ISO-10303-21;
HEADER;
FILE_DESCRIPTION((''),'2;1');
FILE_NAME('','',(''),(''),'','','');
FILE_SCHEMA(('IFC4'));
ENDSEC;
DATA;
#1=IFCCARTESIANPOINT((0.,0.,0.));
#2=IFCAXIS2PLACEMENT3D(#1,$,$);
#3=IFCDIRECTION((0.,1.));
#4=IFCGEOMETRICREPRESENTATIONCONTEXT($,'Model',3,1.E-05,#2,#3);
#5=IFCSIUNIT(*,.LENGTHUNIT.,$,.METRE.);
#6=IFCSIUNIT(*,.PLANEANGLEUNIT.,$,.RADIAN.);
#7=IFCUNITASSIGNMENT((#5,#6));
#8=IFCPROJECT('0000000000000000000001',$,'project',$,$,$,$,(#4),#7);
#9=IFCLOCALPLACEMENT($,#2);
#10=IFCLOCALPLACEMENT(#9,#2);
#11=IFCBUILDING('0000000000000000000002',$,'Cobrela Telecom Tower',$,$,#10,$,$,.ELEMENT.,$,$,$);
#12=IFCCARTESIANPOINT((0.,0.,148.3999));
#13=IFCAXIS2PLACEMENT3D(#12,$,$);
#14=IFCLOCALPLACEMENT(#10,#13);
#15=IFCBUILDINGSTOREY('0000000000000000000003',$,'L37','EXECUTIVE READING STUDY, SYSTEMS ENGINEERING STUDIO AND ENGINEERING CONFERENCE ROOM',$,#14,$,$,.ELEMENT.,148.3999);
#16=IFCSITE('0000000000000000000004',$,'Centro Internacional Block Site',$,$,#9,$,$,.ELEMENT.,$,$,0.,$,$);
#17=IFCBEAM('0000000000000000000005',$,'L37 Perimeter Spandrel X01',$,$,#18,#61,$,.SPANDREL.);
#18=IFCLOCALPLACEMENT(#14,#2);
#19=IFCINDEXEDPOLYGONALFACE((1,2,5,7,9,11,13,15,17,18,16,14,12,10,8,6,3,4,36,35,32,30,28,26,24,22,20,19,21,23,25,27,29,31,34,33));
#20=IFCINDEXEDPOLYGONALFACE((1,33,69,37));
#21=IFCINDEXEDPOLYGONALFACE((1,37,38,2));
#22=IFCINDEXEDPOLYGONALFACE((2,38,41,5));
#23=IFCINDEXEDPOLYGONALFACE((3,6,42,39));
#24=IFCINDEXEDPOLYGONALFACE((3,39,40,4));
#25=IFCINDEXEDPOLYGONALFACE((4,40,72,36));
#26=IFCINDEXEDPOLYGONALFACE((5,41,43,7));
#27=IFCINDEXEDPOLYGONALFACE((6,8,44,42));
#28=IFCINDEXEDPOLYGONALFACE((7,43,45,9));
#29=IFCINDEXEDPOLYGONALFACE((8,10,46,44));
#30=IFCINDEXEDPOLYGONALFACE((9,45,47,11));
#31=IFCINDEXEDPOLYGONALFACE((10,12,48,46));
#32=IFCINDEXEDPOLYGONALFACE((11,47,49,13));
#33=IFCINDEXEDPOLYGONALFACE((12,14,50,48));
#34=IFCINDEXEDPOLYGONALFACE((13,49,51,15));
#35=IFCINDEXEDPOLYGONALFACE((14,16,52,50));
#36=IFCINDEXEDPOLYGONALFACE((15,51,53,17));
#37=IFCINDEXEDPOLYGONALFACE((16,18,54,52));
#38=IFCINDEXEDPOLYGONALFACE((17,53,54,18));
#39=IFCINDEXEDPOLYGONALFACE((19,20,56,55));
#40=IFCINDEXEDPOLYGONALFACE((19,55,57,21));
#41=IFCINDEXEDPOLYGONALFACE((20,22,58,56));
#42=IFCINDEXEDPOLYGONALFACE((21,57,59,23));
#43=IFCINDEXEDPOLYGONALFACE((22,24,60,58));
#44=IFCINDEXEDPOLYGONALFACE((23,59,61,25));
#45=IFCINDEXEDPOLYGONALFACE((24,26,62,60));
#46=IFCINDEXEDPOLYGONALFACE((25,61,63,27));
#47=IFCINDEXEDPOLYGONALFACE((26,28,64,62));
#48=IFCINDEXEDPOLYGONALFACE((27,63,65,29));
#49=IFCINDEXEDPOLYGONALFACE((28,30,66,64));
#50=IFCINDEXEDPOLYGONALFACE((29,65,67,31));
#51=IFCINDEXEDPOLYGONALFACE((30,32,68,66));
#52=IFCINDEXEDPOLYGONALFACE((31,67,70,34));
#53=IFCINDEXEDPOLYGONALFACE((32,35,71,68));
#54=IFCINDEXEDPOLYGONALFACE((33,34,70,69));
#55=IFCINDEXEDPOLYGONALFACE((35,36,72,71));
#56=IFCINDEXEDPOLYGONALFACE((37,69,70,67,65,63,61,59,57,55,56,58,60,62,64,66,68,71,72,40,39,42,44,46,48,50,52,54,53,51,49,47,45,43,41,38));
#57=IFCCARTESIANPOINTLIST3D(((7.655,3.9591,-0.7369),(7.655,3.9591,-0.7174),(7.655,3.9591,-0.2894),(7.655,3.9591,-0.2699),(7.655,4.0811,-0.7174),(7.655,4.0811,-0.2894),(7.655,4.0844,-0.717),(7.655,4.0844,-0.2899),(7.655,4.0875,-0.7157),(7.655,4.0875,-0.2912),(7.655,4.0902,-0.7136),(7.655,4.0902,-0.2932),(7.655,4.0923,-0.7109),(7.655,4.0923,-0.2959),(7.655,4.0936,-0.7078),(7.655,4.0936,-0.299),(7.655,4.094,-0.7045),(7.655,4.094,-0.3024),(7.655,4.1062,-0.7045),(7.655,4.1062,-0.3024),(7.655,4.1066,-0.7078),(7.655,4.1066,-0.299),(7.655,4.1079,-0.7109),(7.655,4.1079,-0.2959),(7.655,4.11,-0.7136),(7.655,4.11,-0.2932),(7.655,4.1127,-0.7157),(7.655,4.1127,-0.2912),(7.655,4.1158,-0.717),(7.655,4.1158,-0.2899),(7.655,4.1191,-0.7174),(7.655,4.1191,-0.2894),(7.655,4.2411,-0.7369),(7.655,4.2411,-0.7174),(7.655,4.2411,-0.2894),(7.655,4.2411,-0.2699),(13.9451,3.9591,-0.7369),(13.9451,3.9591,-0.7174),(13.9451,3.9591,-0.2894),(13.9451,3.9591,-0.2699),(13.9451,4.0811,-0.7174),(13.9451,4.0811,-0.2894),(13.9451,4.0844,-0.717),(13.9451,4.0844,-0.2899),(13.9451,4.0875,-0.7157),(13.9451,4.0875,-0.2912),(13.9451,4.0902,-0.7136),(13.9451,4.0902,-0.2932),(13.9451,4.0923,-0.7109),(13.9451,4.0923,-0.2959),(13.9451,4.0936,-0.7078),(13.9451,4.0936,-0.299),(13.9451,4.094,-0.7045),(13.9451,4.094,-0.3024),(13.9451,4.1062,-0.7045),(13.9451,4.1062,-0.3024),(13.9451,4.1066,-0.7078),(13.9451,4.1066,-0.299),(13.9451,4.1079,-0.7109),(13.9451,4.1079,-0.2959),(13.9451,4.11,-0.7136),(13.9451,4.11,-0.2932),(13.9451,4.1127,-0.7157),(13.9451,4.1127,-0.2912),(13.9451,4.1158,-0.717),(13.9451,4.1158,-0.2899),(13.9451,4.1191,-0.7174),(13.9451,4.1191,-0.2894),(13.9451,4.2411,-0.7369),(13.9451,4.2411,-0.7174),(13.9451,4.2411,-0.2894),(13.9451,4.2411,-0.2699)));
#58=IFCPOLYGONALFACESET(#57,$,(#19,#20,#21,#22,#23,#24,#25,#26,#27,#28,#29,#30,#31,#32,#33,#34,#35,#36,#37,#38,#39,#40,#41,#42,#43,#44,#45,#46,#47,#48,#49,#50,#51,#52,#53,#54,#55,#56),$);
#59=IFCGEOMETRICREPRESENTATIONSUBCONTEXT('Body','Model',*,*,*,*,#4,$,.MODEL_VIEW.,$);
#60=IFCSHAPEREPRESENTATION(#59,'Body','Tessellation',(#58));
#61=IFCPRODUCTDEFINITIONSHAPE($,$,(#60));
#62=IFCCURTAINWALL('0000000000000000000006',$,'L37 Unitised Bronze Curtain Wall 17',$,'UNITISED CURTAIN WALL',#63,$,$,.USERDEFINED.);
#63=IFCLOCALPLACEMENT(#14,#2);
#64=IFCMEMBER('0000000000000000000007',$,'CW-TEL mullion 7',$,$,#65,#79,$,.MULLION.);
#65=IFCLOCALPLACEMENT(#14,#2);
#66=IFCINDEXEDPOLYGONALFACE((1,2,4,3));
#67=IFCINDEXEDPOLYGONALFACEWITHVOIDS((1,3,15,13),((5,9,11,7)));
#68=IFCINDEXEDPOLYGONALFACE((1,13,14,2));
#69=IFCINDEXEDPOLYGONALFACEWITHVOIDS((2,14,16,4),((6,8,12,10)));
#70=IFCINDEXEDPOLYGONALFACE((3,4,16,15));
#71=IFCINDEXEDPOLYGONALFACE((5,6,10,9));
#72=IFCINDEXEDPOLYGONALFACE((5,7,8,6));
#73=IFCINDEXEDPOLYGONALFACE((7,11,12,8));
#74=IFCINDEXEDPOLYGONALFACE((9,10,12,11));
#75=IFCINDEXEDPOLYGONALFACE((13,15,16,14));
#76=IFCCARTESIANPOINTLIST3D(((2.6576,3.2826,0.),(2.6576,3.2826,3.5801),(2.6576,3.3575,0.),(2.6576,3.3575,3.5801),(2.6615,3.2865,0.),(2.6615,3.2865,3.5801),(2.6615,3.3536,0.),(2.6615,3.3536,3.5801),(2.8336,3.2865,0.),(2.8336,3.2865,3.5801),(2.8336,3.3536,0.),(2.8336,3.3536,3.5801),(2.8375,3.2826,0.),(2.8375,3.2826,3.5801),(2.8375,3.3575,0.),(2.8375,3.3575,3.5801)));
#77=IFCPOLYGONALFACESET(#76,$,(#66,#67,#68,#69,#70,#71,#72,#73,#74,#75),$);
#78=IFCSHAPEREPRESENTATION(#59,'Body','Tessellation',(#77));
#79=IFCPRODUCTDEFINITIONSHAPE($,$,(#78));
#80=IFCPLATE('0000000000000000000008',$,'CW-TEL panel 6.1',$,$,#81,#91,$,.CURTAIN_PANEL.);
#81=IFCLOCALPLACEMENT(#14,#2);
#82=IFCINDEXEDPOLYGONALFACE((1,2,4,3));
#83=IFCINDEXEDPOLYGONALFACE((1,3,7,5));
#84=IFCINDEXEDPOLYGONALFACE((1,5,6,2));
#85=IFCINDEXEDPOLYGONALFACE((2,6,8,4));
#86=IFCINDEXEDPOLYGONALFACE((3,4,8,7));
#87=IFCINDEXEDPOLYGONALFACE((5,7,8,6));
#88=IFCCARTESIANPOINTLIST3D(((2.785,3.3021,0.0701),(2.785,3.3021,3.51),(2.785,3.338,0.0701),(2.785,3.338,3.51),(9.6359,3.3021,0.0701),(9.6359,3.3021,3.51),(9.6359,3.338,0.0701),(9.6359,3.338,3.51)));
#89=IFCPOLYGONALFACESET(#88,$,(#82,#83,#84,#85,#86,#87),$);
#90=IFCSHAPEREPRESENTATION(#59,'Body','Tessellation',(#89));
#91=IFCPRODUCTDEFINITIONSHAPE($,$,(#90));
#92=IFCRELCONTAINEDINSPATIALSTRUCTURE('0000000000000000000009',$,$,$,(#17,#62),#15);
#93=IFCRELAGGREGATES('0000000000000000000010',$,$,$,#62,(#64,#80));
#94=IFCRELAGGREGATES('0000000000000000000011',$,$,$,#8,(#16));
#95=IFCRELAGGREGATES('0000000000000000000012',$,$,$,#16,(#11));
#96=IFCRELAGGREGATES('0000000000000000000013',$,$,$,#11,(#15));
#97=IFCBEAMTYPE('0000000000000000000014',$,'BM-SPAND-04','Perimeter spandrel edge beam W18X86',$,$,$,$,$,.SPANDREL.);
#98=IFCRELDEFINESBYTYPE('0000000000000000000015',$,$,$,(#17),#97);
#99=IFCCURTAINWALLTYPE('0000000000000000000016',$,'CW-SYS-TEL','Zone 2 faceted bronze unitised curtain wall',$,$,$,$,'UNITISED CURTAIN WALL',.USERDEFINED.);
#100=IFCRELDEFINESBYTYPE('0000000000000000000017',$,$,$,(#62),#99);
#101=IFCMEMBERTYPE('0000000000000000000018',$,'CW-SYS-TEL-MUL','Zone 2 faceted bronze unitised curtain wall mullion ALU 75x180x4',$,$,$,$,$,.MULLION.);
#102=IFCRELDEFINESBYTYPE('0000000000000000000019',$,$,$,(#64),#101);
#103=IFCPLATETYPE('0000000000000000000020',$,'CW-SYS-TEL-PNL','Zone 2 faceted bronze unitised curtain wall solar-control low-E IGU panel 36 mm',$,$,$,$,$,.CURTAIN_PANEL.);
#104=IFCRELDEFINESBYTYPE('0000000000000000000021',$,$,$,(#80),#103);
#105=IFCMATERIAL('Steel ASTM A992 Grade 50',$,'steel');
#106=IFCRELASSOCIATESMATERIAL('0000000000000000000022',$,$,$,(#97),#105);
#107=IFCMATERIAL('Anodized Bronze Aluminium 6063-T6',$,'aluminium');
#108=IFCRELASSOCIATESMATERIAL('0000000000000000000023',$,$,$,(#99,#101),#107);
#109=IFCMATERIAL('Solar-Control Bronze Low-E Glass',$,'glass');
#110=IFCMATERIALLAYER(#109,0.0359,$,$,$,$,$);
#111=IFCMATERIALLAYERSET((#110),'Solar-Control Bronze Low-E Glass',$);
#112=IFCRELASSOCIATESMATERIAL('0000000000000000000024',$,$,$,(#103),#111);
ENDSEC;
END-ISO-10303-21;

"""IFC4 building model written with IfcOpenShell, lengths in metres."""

from ifc_helpers import new_model, si_unit, direction, frame, origin, origin_2d, place, context, subcontext, project, spatial, rectangle, hollow_rectangle, i_section, extrude, material, layer, layer_set, material_profile, profile_set, type_object, element, aggregate, save


model = new_model("IFC4")

# Units and contexts
model_context = context("Model", 3, precision=1e-05, world=origin(), true_north=direction((0.0, 1.0)))
body_context = subcontext(model_context, "Body", "Model", "MODEL_VIEW")
ifc_project = project(units=[si_unit("LENGTHUNIT", "METRE"), si_unit("PLANEANGLEUNIT", "RADIAN")], contexts=[model_context])

# Site, building, storey
site_placement = place(None, origin())
site = spatial("IfcSite", under=ifc_project, at=site_placement, Name="Centro Internacional Block Site", CompositionType="ELEMENT", RefElevation=0.0)
building_placement = place(site_placement, origin())
building = spatial("IfcBuilding", under=site, at=building_placement, Name="Cobrela Telecom Tower", CompositionType="ELEMENT")
storey_placement = place(building_placement, frame((0.0, 0.0, 148.3999)))
storey = spatial("IfcBuildingStorey", under=building, at=storey_placement, Name="L37", Description="EXECUTIVE READING STUDY, SYSTEMS ENGINEERING STUDIO AND ENGINEERING CONFERENCE ROOM", CompositionType="ELEMENT", Elevation=148.3999)

# Beam
ifc_material_1 = material(Name="Steel ASTM A992 Grade 50", Category="steel")
ifc_material_profile_1 = material_profile(ifc_material_1, i_section(OverallWidth=0.282, OverallDepth=0.467, WebThickness=0.0122, FlangeThickness=0.0195, FilletRadius=0.0129, at=origin_2d()), Name="W18X86")
ifc_profile_set_1 = profile_set([ifc_material_profile_1], Name="Steel ASTM A992 Grade 50")
beam_type_1 = type_object("IfcBeamType", Name="BM-SPAND-04", Description="Perimeter spandrel edge beam W18X86", PredefinedType="SPANDREL", material=ifc_profile_set_1)
beam_1_placement = place(storey_placement, frame((7.655, 4.1001, -0.5034), z_axis=(1.0, 0.0, 0.0), x_axis=(0.0, 1.0, 0.0)))
element("IfcBeam", 1, at=beam_1_placement, inside=storey, type_object=beam_type_1, Name="L37 Perimeter Spandrel X01", PredefinedType="SPANDREL", context=body_context, shape_type="SweptSolid", body=[
    extrude(i_section(OverallWidth=0.282, OverallDepth=0.467, WebThickness=0.0122, FlangeThickness=0.0195, FilletRadius=0.0129, at=origin_2d()), origin(), (0.0, 0.0, 1.0), 6.29),
])

# Curtain wall, member, plate
ifc_material_2 = material(Name="Anodized Bronze Aluminium 6063-T6", Category="aluminium")
curtain_wall_type = type_object("IfcCurtainWallType", Name="CW-SYS-TEL", Description="Zone 2 faceted bronze unitised curtain wall", ElementType="UNITISED CURTAIN WALL", PredefinedType="USERDEFINED", material=ifc_material_2)
curtain_wall_placement = place(storey_placement, origin())
curtain_wall = element("IfcCurtainWall", 2, at=curtain_wall_placement, inside=storey, type_object=curtain_wall_type, Name="L37 Unitised Bronze Curtain Wall 17", ObjectType="UNITISED CURTAIN WALL", PredefinedType="USERDEFINED")
ifc_material_profile_2 = material_profile(ifc_material_2, hollow_rectangle(XDim=0.075, YDim=0.1799, WallThickness=0.0039, at=origin_2d()), Name="ALU 75x180x4")
ifc_profile_set_2 = profile_set([ifc_material_profile_2], Name="Anodized Bronze Aluminium 6063-T6")
member_type = type_object("IfcMemberType", Name="CW-SYS-TEL-MUL", Description="Zone 2 faceted bronze unitised curtain wall mullion ALU 75x180x4", PredefinedType="MULLION", material=ifc_profile_set_2)
member_placement = place(storey_placement, frame((2.7476, 3.3201, 0.0), z_axis=(0.0, 0.0, 1.0), x_axis=(0.0, -1.0, 0.0)))
member = element("IfcMember", 3, at=member_placement, type_object=member_type, Name="CW-TEL mullion 7", PredefinedType="MULLION", context=body_context, shape_type="SweptSolid", body=[
    extrude(hollow_rectangle(XDim=0.075, YDim=0.1799, WallThickness=0.0039, at=origin_2d()), origin(), (0.0, 0.0, 1.0), 3.5801),
])
ifc_material_3 = material(Name="Solar-Control Bronze Low-E Glass", Category="glass")
ifc_layer_1 = layer(ifc_material_3, 0.0359)
ifc_layer_set_1 = layer_set([ifc_layer_1], Name="Solar-Control Bronze Low-E Glass")
plate_type = type_object("IfcPlateType", Name="CW-SYS-TEL-PNL", Description="Zone 2 faceted bronze unitised curtain wall solar-control low-E IGU panel 36 mm", PredefinedType="CURTAIN_PANEL", material=ifc_layer_set_1)
plate_placement = place(storey_placement, frame((6.2104, 3.3201, 0.0701), z_axis=(0.0, 0.0, 1.0), x_axis=(-1.0, 0.0, 0.0)))
plate = element("IfcPlate", 4, at=plate_placement, type_object=plate_type, Name="CW-TEL panel 6.1", PredefinedType="CURTAIN_PANEL", context=body_context, shape_type="SweptSolid", body=[
    extrude(rectangle(XDim=6.8508, YDim=0.0359, at=origin_2d()), origin(), (0.0, 0.0, 1.0), 3.4399),
])
aggregate(curtain_wall, [member, plate])

save(model, "model.ifc")
